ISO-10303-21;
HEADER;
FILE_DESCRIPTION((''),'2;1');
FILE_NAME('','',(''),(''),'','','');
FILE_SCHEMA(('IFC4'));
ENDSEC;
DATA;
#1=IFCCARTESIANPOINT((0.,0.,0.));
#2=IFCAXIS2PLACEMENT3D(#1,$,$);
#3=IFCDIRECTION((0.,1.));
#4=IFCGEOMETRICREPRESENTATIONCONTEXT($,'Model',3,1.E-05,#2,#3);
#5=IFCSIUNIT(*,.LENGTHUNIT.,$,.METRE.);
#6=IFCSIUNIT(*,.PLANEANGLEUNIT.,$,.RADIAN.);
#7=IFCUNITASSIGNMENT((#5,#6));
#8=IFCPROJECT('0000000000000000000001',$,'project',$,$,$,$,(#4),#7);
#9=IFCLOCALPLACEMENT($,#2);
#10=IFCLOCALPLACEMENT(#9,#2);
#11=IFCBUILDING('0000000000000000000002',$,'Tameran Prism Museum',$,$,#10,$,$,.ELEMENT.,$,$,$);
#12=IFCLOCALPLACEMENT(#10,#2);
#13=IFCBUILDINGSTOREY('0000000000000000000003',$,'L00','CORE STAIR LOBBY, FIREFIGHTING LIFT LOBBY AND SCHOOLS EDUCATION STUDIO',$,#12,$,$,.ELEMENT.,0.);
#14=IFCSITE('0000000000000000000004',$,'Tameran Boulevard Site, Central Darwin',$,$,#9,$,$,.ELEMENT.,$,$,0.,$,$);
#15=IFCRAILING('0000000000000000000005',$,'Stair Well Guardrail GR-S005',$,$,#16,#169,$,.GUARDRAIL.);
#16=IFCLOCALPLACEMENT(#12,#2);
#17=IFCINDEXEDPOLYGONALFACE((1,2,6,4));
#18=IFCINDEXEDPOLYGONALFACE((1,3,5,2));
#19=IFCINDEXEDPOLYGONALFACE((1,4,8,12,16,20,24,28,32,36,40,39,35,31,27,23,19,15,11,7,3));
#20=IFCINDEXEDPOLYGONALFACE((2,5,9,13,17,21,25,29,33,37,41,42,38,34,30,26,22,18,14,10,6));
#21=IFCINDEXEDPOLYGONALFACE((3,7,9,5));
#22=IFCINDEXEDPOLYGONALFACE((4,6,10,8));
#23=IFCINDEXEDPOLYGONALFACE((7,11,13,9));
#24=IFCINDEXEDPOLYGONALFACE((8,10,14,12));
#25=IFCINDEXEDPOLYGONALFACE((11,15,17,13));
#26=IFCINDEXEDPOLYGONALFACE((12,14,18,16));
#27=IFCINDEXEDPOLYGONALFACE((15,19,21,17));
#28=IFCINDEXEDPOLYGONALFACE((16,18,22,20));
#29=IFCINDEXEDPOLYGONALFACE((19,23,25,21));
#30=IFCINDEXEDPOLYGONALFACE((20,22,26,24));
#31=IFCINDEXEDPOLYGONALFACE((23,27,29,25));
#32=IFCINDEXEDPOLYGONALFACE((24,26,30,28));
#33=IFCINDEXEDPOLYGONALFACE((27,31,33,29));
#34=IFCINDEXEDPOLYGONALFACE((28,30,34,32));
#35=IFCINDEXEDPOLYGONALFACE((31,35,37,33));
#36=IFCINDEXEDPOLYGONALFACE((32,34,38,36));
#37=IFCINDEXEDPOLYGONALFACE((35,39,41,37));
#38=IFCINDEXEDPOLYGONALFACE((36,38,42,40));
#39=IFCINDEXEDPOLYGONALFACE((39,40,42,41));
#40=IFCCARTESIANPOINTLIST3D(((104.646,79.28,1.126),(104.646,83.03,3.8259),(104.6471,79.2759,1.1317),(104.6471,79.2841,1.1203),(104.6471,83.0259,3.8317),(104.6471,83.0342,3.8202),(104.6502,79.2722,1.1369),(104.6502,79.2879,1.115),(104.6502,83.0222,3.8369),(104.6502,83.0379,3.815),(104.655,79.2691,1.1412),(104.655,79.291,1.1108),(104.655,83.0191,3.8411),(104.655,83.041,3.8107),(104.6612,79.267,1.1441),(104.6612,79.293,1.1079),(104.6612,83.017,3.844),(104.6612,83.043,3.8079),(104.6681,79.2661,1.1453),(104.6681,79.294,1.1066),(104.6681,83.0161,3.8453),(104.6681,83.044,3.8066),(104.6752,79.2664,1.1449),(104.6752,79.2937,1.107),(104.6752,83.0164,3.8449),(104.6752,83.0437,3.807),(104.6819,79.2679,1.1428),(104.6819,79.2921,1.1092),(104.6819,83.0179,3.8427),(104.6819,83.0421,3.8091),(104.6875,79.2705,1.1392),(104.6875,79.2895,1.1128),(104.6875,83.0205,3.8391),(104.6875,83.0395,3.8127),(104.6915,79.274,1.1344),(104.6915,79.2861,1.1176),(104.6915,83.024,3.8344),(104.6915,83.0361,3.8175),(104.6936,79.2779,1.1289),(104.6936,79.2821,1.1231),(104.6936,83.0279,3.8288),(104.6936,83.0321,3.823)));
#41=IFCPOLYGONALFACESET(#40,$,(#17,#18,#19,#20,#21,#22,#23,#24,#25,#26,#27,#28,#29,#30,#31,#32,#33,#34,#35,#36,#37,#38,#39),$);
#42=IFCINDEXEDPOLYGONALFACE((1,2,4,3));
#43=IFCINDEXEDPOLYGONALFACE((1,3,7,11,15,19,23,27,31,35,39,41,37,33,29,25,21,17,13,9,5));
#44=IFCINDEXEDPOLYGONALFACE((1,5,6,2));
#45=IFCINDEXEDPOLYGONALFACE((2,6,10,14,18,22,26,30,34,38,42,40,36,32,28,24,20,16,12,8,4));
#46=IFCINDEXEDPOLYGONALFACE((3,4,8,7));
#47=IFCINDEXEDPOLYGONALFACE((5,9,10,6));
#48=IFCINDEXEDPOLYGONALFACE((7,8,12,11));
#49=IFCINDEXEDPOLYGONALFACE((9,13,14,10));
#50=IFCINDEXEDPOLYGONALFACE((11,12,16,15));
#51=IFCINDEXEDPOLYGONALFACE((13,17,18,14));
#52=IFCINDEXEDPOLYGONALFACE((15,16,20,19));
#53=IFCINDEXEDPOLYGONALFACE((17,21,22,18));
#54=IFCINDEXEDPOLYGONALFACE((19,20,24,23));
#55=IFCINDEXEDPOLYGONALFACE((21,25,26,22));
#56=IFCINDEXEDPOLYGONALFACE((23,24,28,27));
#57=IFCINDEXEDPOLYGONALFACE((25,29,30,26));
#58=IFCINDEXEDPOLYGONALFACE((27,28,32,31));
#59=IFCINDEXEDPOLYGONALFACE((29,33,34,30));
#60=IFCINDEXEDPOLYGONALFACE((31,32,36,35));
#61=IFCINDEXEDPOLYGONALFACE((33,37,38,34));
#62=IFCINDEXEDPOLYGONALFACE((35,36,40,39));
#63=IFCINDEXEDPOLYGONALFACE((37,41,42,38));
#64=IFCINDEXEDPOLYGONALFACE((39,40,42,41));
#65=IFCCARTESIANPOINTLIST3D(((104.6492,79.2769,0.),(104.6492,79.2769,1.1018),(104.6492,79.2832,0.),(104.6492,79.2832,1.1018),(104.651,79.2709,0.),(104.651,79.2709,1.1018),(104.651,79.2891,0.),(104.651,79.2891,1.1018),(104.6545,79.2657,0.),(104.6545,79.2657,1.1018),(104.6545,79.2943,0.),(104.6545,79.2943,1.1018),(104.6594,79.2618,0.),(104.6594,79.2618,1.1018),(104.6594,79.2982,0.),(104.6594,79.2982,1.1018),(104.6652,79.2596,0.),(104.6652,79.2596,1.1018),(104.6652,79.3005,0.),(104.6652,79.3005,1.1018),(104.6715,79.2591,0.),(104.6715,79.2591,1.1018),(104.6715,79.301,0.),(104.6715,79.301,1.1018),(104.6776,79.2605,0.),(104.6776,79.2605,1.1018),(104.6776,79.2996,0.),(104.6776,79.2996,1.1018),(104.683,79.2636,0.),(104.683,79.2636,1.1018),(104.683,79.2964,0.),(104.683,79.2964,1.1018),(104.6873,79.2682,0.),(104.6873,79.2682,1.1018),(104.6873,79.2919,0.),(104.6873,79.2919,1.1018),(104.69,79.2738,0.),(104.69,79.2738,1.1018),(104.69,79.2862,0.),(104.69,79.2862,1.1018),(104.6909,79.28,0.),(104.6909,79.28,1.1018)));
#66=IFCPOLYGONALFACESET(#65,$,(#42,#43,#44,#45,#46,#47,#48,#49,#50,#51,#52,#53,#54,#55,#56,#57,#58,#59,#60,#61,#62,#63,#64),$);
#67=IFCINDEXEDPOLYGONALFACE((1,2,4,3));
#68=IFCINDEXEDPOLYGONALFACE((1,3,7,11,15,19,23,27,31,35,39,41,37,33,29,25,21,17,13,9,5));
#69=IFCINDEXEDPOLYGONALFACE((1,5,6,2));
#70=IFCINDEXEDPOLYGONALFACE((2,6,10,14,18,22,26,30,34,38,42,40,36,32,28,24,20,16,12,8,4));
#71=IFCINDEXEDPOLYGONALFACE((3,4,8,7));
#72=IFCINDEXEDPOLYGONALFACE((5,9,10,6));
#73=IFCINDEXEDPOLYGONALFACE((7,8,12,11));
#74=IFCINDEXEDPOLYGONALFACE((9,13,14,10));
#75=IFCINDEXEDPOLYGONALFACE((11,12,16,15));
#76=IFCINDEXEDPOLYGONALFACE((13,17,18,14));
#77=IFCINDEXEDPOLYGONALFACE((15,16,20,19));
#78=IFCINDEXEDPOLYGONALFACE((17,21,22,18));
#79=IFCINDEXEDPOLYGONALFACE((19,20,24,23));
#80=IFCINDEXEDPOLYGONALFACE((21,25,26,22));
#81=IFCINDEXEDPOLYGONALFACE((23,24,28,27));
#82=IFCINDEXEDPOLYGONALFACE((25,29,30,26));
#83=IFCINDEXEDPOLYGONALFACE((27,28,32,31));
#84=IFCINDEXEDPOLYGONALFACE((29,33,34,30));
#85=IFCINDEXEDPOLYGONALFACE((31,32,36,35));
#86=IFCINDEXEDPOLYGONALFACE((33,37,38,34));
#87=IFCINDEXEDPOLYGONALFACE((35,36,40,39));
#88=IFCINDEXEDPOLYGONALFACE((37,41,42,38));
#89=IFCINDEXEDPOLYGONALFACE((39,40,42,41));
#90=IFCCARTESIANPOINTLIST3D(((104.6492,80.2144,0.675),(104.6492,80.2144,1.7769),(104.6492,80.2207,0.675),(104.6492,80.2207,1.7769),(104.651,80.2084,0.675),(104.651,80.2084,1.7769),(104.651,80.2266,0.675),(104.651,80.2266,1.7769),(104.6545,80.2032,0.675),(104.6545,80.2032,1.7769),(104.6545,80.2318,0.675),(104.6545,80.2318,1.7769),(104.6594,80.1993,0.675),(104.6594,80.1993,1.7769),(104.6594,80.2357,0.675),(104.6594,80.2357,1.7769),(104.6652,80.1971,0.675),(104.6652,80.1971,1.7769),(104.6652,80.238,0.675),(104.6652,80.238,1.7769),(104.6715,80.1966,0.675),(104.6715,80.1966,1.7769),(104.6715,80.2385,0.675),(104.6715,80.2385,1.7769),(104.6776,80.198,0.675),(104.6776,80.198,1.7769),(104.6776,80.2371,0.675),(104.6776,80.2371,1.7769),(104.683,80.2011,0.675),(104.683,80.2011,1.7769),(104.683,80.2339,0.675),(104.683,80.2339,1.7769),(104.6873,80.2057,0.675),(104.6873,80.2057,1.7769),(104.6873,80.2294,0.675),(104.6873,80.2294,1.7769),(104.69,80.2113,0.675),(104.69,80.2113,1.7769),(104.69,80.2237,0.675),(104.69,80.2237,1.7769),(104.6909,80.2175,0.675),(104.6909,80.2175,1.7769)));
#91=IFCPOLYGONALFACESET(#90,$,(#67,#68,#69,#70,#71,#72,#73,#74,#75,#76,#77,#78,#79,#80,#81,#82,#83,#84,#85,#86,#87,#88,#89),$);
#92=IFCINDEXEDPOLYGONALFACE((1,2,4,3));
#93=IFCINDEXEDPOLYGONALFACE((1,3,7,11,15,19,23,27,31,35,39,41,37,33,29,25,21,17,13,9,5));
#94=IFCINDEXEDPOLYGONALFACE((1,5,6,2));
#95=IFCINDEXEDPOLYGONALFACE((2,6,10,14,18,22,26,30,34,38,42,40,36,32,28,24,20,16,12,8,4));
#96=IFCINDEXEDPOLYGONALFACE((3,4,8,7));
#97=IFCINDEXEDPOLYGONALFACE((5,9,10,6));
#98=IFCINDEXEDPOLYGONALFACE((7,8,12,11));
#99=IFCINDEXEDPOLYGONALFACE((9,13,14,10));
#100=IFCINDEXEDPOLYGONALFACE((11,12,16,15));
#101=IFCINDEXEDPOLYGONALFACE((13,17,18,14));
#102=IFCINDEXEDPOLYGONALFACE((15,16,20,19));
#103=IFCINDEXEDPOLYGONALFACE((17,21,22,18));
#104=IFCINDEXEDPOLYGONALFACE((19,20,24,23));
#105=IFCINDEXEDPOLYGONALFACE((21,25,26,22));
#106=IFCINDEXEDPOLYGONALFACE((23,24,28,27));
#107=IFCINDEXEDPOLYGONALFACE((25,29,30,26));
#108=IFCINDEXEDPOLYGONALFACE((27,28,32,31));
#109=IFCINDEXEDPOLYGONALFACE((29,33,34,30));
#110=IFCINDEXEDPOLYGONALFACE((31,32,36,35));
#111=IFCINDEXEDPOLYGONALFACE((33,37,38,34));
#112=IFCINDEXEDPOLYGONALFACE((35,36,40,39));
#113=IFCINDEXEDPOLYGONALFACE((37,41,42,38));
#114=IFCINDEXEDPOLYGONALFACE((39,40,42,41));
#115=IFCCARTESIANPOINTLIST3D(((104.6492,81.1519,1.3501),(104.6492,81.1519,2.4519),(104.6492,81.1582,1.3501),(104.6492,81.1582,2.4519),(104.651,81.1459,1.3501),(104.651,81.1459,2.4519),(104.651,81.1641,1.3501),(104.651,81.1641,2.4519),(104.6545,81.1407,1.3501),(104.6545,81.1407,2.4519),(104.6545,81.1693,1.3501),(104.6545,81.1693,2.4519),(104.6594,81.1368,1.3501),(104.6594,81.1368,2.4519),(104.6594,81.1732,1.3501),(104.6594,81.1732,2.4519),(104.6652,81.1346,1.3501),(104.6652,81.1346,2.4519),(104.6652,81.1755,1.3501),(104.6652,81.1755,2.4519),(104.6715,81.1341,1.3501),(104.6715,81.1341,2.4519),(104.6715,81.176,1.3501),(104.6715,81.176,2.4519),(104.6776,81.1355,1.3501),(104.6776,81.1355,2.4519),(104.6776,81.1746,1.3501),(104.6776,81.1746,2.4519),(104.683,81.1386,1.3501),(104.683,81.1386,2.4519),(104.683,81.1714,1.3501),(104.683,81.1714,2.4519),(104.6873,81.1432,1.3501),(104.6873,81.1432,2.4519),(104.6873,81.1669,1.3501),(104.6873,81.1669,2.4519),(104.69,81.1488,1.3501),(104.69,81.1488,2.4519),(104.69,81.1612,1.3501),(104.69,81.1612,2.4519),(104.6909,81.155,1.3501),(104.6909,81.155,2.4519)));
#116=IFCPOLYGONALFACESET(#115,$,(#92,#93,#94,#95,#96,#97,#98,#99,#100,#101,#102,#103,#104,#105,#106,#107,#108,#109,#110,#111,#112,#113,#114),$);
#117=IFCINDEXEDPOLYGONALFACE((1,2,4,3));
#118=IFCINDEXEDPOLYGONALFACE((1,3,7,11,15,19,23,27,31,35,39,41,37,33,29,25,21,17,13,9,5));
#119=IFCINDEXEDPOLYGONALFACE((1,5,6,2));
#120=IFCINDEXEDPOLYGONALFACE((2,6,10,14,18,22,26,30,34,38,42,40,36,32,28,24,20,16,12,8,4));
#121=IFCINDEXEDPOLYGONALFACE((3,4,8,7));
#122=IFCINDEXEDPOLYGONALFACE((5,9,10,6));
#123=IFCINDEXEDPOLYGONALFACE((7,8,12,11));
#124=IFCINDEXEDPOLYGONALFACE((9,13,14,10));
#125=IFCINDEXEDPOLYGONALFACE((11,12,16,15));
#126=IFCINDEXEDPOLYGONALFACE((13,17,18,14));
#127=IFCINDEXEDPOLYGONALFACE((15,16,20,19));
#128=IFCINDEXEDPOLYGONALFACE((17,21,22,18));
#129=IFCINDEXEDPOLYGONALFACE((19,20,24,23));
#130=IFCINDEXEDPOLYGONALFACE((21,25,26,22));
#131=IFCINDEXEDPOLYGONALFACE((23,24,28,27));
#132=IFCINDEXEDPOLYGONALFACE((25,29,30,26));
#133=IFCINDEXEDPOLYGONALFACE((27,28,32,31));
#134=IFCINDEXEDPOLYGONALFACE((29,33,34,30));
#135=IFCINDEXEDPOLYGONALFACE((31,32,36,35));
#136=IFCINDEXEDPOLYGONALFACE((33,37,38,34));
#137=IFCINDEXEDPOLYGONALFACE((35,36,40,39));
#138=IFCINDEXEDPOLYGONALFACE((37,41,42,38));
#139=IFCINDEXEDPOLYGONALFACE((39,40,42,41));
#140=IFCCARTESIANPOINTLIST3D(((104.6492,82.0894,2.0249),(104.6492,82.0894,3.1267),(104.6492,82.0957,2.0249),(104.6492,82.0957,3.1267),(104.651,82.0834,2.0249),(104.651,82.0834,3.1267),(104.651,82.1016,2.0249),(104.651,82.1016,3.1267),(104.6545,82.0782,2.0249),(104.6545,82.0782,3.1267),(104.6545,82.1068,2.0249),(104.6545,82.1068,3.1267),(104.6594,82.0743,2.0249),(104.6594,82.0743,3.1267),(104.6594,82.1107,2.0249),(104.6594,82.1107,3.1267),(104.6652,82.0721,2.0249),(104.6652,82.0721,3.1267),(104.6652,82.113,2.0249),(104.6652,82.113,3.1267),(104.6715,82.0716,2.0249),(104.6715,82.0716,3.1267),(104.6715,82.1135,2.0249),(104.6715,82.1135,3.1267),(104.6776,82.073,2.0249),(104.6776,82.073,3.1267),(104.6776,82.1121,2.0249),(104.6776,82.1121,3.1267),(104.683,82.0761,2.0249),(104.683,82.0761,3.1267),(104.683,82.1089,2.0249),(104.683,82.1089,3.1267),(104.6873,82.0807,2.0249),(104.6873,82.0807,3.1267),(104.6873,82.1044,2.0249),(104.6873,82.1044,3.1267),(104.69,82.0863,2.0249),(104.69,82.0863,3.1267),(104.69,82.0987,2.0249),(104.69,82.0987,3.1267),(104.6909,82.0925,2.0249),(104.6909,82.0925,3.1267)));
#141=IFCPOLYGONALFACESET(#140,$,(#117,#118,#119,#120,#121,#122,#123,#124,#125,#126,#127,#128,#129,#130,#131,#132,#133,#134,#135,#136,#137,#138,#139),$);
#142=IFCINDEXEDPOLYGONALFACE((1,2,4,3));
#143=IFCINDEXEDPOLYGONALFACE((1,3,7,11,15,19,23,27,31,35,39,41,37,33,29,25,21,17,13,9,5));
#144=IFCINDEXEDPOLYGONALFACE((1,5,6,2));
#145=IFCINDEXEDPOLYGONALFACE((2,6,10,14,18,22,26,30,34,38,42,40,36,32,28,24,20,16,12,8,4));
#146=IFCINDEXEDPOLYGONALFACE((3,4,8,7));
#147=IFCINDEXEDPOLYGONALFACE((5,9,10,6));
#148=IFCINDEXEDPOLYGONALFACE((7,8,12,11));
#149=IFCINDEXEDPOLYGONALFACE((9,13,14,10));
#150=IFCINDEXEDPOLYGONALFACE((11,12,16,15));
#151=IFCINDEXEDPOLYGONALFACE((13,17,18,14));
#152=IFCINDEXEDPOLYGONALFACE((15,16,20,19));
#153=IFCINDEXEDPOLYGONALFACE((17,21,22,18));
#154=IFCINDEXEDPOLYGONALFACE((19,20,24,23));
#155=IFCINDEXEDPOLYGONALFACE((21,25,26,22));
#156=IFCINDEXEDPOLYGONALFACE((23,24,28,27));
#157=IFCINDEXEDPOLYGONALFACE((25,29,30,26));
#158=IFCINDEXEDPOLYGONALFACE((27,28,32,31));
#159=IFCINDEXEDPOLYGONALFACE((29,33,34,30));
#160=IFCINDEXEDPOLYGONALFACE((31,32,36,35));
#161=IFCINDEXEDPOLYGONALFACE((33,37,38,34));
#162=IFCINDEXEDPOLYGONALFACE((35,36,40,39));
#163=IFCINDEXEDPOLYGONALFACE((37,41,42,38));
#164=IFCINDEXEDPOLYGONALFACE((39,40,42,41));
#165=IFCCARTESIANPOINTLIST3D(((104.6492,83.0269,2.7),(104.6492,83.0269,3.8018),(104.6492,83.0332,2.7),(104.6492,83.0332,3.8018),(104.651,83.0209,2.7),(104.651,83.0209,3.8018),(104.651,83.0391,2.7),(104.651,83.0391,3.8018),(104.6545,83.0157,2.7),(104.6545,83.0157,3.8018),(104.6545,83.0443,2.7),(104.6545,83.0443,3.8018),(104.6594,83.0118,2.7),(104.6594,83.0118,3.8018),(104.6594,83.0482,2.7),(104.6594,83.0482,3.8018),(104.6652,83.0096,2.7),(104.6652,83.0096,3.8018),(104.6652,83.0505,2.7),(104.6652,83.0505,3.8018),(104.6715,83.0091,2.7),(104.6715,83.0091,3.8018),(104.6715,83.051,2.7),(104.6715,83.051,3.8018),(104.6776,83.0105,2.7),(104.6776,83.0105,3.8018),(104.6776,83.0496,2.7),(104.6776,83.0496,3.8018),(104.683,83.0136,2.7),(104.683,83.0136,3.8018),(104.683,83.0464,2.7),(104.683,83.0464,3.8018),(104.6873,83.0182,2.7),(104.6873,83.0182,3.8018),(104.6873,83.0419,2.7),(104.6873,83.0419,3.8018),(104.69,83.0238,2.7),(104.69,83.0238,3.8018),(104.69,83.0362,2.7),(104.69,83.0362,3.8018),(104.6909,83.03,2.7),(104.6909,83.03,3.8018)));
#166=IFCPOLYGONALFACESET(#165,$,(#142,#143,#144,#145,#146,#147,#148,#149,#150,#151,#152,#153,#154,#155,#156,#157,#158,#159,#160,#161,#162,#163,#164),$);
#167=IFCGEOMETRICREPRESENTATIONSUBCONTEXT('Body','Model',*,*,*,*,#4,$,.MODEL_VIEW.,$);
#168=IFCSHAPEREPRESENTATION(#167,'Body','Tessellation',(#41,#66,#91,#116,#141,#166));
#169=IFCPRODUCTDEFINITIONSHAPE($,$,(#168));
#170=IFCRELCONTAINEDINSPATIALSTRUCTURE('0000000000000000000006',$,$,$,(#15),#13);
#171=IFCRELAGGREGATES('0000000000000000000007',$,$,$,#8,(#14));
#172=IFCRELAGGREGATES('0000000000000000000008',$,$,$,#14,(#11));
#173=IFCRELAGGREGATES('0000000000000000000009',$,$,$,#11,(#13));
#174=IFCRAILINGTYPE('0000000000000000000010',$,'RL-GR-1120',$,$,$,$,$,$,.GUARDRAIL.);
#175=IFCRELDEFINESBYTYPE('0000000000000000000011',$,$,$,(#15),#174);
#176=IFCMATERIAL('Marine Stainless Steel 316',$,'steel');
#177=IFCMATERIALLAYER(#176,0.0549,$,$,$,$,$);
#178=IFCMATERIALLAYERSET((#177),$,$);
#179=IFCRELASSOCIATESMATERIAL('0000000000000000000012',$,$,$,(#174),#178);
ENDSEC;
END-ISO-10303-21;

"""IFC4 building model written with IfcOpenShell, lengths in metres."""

from ifc_helpers import new_model, si_unit, direction, frame, origin, origin_2d, place, context, subcontext, project, spatial, circle, extrude, material, layer, layer_set, type_object, element, save


model = new_model("IFC4")

# Units and contexts
model_context = context("Model", 3, precision=1e-05, world=origin(), true_north=direction((0.0, 1.0)))
body_context = subcontext(model_context, "Body", "Model", "MODEL_VIEW")
ifc_project = project(units=[si_unit("LENGTHUNIT", "METRE"), si_unit("PLANEANGLEUNIT", "RADIAN")], contexts=[model_context])

# Site, building, storey
site_placement = place(None, origin())
site = spatial("IfcSite", under=ifc_project, at=site_placement, Name="Tameran Boulevard Site, Central Darwin", CompositionType="ELEMENT", RefElevation=0.0)
building_placement = place(site_placement, origin())
building = spatial("IfcBuilding", under=site, at=building_placement, Name="Tameran Prism Museum", CompositionType="ELEMENT")
storey_placement = place(building_placement, origin())
storey = spatial("IfcBuildingStorey", under=building, at=storey_placement, Name="L00", Description="CORE STAIR LOBBY, FIREFIGHTING LIFT LOBBY AND SCHOOLS EDUCATION STUDIO", CompositionType="ELEMENT", Elevation=0.0)

# Railing
ifc_material_1 = material(Name="Marine Stainless Steel 316", Category="steel")
ifc_layer_1 = layer(ifc_material_1, 0.0549)
ifc_layer_set_1 = layer_set([ifc_layer_1])
railing_type_1 = type_object("IfcRailingType", Name="RL-GR-1120", PredefinedType="GUARDRAIL", material=ifc_layer_set_1)
railing_1_placement = place(storey_placement, frame((104.6699, 79.28, 0.0)))
element("IfcRailing", 1, at=railing_1_placement, inside=storey, type_object=railing_type_1, Name="Stair Well Guardrail GR-S005", PredefinedType="GUARDRAIL", context=body_context, shape_type="SweptSolid", body=[
    extrude(circle(Radius=0.0239, at=origin_2d()), frame((0.0, 0.0, 1.126), z_axis=(0.0, 0.811539, 0.584298), x_axis=(-1.0, 0.0, 0.0)), (0.0, 0.0, 1.0), 4.6208),
    extrude(circle(Radius=0.021, at=origin_2d()), origin(), (0.0, 0.0, 1.0), 1.1018),
    extrude(circle(Radius=0.021, at=origin_2d()), frame((0.0, 0.9375, 0.675)), (0.0, 0.0, 1.0), 1.1018),
    extrude(circle(Radius=0.021, at=origin_2d()), frame((0.0, 1.875, 1.3501)), (0.0, 0.0, 1.0), 1.1018),
    extrude(circle(Radius=0.021, at=origin_2d()), frame((0.0, 2.8125, 2.0249)), (0.0, 0.0, 1.0), 1.1018),
    extrude(circle(Radius=0.021, at=origin_2d()), frame((0.0, 3.75, 2.7)), (0.0, 0.0, 1.0), 1.1018),
])

save(model, "model.ifc")
